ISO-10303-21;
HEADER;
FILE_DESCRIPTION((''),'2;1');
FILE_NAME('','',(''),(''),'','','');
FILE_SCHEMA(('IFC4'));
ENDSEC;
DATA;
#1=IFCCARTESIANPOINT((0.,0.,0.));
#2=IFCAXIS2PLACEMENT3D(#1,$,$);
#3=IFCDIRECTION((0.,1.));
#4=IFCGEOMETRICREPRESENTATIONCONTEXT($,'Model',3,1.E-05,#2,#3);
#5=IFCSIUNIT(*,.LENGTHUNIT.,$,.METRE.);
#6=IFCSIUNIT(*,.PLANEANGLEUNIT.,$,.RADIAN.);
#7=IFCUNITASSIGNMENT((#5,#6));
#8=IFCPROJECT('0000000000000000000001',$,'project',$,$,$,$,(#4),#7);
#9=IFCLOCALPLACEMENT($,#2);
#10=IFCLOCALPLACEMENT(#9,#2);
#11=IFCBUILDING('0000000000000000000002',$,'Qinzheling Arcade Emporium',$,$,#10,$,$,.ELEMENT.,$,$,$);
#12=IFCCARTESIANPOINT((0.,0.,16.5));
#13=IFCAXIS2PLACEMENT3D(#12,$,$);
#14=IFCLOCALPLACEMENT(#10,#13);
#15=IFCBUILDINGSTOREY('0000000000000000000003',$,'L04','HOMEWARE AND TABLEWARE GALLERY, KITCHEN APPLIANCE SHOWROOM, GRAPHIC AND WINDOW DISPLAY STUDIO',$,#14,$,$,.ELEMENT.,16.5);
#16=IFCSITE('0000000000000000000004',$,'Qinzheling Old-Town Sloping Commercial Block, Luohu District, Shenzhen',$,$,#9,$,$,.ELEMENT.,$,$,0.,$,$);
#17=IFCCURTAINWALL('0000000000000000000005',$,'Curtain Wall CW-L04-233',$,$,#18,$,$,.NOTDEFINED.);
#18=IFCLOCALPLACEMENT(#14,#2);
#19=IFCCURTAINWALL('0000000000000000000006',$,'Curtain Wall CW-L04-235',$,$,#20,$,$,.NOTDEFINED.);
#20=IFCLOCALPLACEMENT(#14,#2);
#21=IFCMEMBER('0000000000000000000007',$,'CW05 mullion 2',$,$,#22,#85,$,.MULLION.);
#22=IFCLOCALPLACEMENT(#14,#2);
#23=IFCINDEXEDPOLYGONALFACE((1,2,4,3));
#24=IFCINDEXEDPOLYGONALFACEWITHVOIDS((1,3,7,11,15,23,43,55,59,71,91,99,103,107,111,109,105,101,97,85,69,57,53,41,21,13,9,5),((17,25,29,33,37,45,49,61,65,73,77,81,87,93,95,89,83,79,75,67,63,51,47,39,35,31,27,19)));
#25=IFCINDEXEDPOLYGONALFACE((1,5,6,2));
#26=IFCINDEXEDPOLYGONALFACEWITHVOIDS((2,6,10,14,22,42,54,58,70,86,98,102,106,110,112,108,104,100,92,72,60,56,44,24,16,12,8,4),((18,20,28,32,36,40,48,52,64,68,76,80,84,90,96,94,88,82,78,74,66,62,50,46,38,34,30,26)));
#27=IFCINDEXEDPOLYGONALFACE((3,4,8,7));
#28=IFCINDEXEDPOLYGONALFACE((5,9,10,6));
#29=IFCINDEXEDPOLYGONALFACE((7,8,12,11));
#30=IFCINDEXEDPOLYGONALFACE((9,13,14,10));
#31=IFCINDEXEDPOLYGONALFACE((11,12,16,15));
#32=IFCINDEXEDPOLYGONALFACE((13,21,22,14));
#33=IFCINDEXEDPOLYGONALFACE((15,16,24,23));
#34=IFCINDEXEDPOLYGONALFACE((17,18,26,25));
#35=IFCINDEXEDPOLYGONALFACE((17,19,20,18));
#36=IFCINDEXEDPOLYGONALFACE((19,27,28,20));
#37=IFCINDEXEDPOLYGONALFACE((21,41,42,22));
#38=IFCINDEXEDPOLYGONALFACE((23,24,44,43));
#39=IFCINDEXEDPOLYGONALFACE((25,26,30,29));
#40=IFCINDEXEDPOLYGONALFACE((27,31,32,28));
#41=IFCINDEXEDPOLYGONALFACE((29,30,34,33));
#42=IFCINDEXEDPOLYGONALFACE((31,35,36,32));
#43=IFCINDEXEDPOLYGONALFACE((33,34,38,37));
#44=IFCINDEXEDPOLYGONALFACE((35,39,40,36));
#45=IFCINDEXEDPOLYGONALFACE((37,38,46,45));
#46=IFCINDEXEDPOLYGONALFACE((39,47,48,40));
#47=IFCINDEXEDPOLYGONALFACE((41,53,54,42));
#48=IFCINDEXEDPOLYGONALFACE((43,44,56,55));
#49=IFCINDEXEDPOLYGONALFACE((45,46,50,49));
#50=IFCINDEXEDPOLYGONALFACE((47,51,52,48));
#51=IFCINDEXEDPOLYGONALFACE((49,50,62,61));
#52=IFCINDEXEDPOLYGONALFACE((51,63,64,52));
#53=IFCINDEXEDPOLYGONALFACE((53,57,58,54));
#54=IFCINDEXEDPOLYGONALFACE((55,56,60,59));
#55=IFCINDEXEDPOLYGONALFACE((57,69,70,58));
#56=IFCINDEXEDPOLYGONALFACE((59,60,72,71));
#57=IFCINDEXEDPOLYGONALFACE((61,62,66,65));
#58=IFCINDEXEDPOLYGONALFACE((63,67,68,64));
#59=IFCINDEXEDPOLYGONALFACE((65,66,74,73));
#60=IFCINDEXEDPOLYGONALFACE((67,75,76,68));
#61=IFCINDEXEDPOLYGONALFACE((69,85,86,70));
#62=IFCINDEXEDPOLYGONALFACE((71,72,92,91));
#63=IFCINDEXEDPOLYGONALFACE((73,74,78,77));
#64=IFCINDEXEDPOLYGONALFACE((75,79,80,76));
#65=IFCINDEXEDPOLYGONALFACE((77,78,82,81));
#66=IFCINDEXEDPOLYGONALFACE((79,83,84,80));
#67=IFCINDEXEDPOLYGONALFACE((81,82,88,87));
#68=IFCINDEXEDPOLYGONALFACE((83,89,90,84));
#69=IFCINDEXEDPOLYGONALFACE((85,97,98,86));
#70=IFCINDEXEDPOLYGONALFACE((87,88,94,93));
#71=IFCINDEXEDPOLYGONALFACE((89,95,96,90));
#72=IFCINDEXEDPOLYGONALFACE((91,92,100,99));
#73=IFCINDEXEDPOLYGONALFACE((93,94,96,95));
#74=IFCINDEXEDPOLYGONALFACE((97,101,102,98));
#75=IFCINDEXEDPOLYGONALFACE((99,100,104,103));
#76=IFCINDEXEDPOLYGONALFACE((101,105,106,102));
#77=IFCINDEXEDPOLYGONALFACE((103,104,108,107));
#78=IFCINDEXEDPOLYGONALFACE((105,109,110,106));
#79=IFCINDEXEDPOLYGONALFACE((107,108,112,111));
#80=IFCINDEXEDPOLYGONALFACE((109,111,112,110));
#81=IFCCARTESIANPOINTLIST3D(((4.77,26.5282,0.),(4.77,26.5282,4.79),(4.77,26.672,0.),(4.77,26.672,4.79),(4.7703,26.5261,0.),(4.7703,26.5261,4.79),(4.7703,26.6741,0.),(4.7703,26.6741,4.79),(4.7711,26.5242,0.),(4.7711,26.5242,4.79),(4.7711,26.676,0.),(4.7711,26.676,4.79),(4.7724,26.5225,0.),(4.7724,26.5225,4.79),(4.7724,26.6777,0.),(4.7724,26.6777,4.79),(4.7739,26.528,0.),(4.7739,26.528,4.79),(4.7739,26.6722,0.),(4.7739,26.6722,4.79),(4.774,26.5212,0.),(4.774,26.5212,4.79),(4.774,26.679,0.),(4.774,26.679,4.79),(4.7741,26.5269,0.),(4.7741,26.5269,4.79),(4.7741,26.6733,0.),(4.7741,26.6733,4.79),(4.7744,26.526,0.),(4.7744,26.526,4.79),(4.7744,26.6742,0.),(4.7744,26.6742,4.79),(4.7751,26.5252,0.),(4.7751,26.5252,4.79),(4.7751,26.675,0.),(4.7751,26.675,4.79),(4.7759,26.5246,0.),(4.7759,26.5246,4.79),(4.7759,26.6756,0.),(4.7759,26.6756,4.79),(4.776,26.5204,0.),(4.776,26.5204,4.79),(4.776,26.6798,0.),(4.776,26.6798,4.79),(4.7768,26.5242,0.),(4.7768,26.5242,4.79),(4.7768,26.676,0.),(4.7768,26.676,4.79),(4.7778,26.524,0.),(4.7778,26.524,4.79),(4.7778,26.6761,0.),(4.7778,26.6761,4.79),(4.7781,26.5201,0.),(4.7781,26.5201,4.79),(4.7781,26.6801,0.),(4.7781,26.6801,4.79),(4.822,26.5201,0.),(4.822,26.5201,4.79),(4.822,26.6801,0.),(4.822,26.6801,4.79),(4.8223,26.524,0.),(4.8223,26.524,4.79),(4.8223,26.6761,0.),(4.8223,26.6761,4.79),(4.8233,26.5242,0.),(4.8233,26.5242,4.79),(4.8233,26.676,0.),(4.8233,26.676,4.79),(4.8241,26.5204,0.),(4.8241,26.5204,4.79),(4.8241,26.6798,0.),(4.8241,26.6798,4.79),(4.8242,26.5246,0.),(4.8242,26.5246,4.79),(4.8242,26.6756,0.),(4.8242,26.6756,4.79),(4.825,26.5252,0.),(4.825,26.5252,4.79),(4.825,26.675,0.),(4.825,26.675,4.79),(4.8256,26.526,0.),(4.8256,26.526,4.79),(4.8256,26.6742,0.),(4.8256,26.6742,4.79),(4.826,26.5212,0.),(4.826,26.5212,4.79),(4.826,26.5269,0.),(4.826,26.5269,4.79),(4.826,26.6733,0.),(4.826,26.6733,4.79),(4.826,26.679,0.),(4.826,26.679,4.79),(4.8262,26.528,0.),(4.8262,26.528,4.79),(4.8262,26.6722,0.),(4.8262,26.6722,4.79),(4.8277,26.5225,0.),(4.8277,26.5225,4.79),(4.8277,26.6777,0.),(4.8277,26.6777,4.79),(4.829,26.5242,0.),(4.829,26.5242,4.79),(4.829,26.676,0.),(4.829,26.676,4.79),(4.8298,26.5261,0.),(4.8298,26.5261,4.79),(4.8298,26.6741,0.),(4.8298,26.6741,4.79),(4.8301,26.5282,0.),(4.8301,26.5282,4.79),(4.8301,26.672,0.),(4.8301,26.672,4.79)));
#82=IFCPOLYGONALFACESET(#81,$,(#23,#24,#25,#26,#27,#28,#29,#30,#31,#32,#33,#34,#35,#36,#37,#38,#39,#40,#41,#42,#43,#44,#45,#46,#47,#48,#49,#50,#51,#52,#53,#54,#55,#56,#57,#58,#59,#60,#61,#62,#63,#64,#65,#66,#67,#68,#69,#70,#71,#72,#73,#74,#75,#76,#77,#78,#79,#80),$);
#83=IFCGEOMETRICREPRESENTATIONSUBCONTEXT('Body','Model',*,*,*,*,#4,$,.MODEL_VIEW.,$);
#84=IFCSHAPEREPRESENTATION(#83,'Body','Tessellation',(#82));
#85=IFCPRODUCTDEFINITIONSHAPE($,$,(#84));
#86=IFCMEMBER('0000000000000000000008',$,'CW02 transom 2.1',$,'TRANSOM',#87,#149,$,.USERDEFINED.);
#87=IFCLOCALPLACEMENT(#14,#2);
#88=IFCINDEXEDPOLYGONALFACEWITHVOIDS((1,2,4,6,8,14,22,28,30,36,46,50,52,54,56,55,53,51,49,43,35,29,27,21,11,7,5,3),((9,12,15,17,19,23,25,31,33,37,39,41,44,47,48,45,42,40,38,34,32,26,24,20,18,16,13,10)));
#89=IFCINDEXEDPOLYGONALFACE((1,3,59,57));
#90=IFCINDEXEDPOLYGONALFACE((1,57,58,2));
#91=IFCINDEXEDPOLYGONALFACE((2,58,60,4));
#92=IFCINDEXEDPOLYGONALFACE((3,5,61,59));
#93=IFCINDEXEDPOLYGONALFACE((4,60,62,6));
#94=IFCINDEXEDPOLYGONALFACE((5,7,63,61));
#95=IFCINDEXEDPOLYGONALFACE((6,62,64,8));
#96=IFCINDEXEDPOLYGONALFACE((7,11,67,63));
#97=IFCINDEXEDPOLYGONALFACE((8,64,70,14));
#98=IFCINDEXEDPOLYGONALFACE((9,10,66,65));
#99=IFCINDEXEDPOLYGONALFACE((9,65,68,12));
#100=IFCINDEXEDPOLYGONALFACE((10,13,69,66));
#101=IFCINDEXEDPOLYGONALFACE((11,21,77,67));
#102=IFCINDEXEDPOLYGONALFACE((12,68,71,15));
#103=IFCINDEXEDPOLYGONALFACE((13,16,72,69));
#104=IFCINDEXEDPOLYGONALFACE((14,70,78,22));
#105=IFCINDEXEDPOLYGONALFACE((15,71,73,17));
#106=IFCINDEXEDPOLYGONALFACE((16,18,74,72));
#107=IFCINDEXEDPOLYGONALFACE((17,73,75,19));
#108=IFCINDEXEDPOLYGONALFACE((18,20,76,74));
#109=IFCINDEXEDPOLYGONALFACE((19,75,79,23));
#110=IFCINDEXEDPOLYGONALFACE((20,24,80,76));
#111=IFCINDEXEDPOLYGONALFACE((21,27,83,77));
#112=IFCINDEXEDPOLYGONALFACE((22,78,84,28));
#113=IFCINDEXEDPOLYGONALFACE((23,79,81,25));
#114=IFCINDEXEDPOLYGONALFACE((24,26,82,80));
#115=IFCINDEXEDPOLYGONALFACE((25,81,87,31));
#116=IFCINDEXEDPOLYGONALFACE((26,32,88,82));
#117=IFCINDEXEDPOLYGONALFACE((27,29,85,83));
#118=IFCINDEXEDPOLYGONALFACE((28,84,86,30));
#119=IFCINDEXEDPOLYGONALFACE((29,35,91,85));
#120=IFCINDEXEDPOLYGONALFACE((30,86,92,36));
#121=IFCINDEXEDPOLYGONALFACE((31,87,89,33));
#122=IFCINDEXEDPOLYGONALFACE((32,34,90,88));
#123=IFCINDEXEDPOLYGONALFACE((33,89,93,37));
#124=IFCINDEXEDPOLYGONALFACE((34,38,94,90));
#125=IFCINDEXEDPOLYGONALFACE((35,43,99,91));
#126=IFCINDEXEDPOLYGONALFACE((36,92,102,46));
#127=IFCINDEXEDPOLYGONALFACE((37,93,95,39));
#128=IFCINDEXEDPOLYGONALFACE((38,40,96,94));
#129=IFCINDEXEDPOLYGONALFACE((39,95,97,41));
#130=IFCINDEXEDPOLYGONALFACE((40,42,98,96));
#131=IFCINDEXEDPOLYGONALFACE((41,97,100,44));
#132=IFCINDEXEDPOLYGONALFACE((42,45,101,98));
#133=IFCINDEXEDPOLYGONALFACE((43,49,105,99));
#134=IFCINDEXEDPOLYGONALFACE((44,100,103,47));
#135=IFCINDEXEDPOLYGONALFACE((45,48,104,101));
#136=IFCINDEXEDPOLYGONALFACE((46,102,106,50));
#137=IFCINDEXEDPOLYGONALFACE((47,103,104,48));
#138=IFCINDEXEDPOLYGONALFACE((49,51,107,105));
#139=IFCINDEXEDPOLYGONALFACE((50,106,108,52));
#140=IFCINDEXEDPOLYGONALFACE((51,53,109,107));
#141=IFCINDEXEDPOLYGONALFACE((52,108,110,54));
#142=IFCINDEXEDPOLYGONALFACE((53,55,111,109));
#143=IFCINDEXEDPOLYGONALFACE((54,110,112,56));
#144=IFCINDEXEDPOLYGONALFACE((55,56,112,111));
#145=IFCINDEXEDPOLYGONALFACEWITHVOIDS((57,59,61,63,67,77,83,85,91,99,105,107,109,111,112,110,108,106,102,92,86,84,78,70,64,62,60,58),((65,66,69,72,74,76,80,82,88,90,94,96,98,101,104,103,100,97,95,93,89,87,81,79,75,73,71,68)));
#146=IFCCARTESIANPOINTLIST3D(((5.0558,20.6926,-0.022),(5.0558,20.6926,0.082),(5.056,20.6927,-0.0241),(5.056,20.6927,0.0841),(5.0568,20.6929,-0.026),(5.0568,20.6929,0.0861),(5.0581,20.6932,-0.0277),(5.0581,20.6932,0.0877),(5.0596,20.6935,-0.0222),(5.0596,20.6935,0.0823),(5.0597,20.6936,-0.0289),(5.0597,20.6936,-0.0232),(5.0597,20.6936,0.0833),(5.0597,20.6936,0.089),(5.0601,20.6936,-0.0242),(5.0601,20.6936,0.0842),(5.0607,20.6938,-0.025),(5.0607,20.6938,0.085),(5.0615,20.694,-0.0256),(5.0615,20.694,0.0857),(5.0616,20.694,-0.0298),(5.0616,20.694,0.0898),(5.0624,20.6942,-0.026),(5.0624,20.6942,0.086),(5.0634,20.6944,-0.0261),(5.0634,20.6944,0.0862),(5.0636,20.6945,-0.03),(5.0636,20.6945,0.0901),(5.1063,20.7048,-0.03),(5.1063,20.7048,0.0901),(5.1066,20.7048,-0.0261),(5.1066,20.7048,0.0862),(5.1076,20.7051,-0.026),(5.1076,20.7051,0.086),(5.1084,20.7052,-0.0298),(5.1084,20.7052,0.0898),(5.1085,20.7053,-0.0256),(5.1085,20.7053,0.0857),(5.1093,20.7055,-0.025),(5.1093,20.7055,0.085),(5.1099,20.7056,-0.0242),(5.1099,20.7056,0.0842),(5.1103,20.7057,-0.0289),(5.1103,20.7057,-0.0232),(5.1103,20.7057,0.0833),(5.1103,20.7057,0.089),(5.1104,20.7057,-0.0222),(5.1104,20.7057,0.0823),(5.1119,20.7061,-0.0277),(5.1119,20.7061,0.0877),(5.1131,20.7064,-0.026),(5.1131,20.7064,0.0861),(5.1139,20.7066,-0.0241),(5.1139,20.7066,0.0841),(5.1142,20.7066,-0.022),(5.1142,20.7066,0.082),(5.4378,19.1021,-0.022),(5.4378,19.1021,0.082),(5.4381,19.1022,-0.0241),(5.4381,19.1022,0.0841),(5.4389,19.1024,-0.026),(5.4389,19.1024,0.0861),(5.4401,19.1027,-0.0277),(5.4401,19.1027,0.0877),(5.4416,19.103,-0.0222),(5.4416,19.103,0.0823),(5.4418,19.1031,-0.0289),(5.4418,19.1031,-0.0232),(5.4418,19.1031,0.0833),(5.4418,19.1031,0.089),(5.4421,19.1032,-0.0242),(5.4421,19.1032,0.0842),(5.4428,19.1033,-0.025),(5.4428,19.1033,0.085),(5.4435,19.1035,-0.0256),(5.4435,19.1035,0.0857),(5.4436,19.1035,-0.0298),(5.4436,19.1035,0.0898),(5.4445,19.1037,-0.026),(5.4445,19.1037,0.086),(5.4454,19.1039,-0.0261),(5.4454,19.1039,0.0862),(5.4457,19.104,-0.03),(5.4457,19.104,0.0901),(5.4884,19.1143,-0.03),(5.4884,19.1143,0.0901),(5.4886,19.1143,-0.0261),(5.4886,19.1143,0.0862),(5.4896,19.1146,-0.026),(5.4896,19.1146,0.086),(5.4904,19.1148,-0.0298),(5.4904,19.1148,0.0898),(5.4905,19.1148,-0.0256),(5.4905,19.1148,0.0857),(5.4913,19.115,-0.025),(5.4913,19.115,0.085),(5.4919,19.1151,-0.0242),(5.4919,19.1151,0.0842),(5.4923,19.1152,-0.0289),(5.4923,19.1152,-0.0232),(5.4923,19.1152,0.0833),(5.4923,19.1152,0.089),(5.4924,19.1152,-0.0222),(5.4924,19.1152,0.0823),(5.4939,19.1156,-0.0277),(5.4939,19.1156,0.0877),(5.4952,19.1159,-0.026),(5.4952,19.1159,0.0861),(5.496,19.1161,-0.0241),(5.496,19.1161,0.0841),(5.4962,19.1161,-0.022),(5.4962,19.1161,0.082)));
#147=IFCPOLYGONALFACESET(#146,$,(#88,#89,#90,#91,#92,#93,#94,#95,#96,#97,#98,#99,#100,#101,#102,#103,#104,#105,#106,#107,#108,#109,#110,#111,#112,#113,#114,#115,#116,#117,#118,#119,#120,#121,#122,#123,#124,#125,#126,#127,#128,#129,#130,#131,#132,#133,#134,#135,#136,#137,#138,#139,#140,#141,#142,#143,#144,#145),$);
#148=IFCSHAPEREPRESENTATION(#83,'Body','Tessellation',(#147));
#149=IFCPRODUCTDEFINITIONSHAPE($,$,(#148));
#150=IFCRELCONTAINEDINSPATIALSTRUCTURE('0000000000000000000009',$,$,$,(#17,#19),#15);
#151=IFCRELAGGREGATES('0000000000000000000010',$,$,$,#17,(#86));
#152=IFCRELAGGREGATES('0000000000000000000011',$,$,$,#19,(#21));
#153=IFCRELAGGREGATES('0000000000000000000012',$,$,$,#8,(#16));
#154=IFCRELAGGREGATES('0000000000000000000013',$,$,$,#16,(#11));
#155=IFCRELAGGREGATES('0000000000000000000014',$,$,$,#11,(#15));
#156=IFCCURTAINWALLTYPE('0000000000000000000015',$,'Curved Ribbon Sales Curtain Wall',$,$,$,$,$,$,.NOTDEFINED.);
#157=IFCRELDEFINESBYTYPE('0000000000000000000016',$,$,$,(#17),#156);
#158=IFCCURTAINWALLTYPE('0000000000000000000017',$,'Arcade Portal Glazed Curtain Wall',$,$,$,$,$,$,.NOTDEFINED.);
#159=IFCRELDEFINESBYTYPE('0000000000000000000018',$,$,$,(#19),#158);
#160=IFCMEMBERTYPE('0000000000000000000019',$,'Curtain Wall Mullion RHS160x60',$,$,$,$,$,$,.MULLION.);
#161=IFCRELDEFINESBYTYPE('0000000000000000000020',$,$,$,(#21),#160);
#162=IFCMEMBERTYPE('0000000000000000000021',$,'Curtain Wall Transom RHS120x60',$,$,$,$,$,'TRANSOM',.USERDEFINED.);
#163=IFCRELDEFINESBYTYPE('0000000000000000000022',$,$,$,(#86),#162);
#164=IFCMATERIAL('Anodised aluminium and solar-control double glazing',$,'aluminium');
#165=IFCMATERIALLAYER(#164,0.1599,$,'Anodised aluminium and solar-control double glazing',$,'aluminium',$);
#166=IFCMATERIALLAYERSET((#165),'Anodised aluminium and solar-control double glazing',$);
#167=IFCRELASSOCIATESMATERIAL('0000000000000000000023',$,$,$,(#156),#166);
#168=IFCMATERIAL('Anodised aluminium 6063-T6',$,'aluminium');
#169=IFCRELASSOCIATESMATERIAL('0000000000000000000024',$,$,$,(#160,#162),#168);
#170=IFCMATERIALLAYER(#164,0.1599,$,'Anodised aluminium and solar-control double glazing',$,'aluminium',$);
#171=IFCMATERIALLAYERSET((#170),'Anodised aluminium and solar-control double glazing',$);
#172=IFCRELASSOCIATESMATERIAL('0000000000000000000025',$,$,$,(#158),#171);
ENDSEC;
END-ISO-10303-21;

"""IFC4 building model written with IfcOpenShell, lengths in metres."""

from ifc_helpers import new_model, si_unit, direction, frame, origin, origin_2d, place, context, subcontext, project, spatial, hollow_rectangle, extrude, material, layer, layer_set, material_profile, profile_set, type_object, element, aggregate, save


model = new_model("IFC4")

# Units and contexts
model_context = context("Model", 3, precision=1e-05, world=origin(), true_north=direction((0.0, 1.0)))
body_context = subcontext(model_context, "Body", "Model", "MODEL_VIEW")
ifc_project = project(units=[si_unit("LENGTHUNIT", "METRE"), si_unit("PLANEANGLEUNIT", "RADIAN")], contexts=[model_context])

# Site, building, storey
site_placement = place(None, origin())
site = spatial("IfcSite", under=ifc_project, at=site_placement, Name="Qinzheling Old-Town Sloping Commercial Block, Luohu District, Shenzhen", CompositionType="ELEMENT", RefElevation=0.0)
building_placement = place(site_placement, origin())
building = spatial("IfcBuilding", under=site, at=building_placement, Name="Qinzheling Arcade Emporium", CompositionType="ELEMENT")
storey_placement = place(building_placement, frame((0.0, 0.0, 16.5)))
storey = spatial("IfcBuildingStorey", under=building, at=storey_placement, Name="L04", Description="HOMEWARE AND TABLEWARE GALLERY, KITCHEN APPLIANCE SHOWROOM, GRAPHIC AND WINDOW DISPLAY STUDIO", CompositionType="ELEMENT", Elevation=16.5)

# Curtain walls, member
ifc_material_1 = material(Name="Anodised aluminium and solar-control double glazing", Category="aluminium")
ifc_layer_1 = layer(ifc_material_1, 0.1599, Name="Anodised aluminium and solar-control double glazing", Category="aluminium")
ifc_layer_set_1 = layer_set([ifc_layer_1], Name="Anodised aluminium and solar-control double glazing")
curtain_wall_type_1 = type_object("IfcCurtainWallType", Name="Curved Ribbon Sales Curtain Wall", PredefinedType="NOTDEFINED", material=ifc_layer_set_1)
curtain_wall_1_placement = place(storey_placement, origin())
curtain_wall_1 = element("IfcCurtainWall", 1, at=curtain_wall_1_placement, inside=storey, type_object=curtain_wall_type_1, Name="Curtain Wall CW-L04-233", PredefinedType="NOTDEFINED")
ifc_material_2 = material(Name="Anodised aluminium 6063-T6", Category="aluminium")
ifc_material_profile_1 = material_profile(ifc_material_2, hollow_rectangle(XDim=0.0601, YDim=0.1599, WallThickness=0.0039, InnerFilletRadius=0.0039, OuterFilletRadius=0.0081, at=origin_2d()), Name="RHS 160x60x4", Category="aluminium")
ifc_profile_set_1 = profile_set([ifc_material_profile_1], Name="Anodised aluminium 6063-T6")
member_type_1 = type_object("IfcMemberType", Name="Curtain Wall Mullion RHS160x60", PredefinedType="MULLION", material=ifc_profile_set_1)
ifc_layer_2 = layer(ifc_material_1, 0.1599, Name="Anodised aluminium and solar-control double glazing", Category="aluminium")
ifc_layer_set_2 = layer_set([ifc_layer_2], Name="Anodised aluminium and solar-control double glazing")
curtain_wall_type_2 = type_object("IfcCurtainWallType", Name="Arcade Portal Glazed Curtain Wall", PredefinedType="NOTDEFINED", material=ifc_layer_set_2)
curtain_wall_2_placement = place(storey_placement, origin())
curtain_wall_2 = element("IfcCurtainWall", 2, at=curtain_wall_2_placement, inside=storey, type_object=curtain_wall_type_2, Name="Curtain Wall CW-L04-235", PredefinedType="NOTDEFINED")
member_1_placement = place(storey_placement, frame((4.8, 26.6001, 0.0), z_axis=(0.0, 0.0, 1.0), x_axis=(-1.0, 0.0, 0.0)))
member_1 = element("IfcMember", 3, at=member_1_placement, type_object=member_type_1, Name="CW05 mullion 2", PredefinedType="MULLION", context=body_context, shape_type="SweptSolid", body=[
    extrude(hollow_rectangle(XDim=0.0601, YDim=0.1599, WallThickness=0.0039, InnerFilletRadius=0.0039, OuterFilletRadius=0.0081, at=origin_2d()), origin(), (0.0, 0.0, 1.0), 4.79),
])

# Member
ifc_material_profile_2 = material_profile(ifc_material_2, hollow_rectangle(XDim=0.0601, YDim=0.1201, WallThickness=0.0039, InnerFilletRadius=0.0039, OuterFilletRadius=0.0081, at=origin_2d()), Name="RHS 120x60x4", Category="aluminium")
ifc_profile_set_2 = profile_set([ifc_material_profile_2], Name="Anodised aluminium 6063-T6")
member_type_2 = type_object("IfcMemberType", Name="Curtain Wall Transom RHS120x60", ElementType="TRANSOM", PredefinedType="USERDEFINED", material=ifc_profile_set_2)
member_2_placement = place(storey_placement, frame((5.467, 19.1091, 0.03), z_axis=(-0.233571, 0.97234, 0.0), x_axis=(-0.97234, -0.233571, 0.0)))
member_2 = element("IfcMember", 4, at=member_2_placement, type_object=member_type_2, Name="CW02 transom 2.1", ObjectType="TRANSOM", PredefinedType="USERDEFINED", context=body_context, shape_type="SweptSolid", body=[
    extrude(hollow_rectangle(XDim=0.0601, YDim=0.1201, WallThickness=0.0039, InnerFilletRadius=0.0039, OuterFilletRadius=0.0081, at=origin_2d()), origin(), (0.0, 0.0, 1.0), 1.6357),
])

aggregate(curtain_wall_1, [member_2])
aggregate(curtain_wall_2, [member_1])

save(model, "model.ifc")
